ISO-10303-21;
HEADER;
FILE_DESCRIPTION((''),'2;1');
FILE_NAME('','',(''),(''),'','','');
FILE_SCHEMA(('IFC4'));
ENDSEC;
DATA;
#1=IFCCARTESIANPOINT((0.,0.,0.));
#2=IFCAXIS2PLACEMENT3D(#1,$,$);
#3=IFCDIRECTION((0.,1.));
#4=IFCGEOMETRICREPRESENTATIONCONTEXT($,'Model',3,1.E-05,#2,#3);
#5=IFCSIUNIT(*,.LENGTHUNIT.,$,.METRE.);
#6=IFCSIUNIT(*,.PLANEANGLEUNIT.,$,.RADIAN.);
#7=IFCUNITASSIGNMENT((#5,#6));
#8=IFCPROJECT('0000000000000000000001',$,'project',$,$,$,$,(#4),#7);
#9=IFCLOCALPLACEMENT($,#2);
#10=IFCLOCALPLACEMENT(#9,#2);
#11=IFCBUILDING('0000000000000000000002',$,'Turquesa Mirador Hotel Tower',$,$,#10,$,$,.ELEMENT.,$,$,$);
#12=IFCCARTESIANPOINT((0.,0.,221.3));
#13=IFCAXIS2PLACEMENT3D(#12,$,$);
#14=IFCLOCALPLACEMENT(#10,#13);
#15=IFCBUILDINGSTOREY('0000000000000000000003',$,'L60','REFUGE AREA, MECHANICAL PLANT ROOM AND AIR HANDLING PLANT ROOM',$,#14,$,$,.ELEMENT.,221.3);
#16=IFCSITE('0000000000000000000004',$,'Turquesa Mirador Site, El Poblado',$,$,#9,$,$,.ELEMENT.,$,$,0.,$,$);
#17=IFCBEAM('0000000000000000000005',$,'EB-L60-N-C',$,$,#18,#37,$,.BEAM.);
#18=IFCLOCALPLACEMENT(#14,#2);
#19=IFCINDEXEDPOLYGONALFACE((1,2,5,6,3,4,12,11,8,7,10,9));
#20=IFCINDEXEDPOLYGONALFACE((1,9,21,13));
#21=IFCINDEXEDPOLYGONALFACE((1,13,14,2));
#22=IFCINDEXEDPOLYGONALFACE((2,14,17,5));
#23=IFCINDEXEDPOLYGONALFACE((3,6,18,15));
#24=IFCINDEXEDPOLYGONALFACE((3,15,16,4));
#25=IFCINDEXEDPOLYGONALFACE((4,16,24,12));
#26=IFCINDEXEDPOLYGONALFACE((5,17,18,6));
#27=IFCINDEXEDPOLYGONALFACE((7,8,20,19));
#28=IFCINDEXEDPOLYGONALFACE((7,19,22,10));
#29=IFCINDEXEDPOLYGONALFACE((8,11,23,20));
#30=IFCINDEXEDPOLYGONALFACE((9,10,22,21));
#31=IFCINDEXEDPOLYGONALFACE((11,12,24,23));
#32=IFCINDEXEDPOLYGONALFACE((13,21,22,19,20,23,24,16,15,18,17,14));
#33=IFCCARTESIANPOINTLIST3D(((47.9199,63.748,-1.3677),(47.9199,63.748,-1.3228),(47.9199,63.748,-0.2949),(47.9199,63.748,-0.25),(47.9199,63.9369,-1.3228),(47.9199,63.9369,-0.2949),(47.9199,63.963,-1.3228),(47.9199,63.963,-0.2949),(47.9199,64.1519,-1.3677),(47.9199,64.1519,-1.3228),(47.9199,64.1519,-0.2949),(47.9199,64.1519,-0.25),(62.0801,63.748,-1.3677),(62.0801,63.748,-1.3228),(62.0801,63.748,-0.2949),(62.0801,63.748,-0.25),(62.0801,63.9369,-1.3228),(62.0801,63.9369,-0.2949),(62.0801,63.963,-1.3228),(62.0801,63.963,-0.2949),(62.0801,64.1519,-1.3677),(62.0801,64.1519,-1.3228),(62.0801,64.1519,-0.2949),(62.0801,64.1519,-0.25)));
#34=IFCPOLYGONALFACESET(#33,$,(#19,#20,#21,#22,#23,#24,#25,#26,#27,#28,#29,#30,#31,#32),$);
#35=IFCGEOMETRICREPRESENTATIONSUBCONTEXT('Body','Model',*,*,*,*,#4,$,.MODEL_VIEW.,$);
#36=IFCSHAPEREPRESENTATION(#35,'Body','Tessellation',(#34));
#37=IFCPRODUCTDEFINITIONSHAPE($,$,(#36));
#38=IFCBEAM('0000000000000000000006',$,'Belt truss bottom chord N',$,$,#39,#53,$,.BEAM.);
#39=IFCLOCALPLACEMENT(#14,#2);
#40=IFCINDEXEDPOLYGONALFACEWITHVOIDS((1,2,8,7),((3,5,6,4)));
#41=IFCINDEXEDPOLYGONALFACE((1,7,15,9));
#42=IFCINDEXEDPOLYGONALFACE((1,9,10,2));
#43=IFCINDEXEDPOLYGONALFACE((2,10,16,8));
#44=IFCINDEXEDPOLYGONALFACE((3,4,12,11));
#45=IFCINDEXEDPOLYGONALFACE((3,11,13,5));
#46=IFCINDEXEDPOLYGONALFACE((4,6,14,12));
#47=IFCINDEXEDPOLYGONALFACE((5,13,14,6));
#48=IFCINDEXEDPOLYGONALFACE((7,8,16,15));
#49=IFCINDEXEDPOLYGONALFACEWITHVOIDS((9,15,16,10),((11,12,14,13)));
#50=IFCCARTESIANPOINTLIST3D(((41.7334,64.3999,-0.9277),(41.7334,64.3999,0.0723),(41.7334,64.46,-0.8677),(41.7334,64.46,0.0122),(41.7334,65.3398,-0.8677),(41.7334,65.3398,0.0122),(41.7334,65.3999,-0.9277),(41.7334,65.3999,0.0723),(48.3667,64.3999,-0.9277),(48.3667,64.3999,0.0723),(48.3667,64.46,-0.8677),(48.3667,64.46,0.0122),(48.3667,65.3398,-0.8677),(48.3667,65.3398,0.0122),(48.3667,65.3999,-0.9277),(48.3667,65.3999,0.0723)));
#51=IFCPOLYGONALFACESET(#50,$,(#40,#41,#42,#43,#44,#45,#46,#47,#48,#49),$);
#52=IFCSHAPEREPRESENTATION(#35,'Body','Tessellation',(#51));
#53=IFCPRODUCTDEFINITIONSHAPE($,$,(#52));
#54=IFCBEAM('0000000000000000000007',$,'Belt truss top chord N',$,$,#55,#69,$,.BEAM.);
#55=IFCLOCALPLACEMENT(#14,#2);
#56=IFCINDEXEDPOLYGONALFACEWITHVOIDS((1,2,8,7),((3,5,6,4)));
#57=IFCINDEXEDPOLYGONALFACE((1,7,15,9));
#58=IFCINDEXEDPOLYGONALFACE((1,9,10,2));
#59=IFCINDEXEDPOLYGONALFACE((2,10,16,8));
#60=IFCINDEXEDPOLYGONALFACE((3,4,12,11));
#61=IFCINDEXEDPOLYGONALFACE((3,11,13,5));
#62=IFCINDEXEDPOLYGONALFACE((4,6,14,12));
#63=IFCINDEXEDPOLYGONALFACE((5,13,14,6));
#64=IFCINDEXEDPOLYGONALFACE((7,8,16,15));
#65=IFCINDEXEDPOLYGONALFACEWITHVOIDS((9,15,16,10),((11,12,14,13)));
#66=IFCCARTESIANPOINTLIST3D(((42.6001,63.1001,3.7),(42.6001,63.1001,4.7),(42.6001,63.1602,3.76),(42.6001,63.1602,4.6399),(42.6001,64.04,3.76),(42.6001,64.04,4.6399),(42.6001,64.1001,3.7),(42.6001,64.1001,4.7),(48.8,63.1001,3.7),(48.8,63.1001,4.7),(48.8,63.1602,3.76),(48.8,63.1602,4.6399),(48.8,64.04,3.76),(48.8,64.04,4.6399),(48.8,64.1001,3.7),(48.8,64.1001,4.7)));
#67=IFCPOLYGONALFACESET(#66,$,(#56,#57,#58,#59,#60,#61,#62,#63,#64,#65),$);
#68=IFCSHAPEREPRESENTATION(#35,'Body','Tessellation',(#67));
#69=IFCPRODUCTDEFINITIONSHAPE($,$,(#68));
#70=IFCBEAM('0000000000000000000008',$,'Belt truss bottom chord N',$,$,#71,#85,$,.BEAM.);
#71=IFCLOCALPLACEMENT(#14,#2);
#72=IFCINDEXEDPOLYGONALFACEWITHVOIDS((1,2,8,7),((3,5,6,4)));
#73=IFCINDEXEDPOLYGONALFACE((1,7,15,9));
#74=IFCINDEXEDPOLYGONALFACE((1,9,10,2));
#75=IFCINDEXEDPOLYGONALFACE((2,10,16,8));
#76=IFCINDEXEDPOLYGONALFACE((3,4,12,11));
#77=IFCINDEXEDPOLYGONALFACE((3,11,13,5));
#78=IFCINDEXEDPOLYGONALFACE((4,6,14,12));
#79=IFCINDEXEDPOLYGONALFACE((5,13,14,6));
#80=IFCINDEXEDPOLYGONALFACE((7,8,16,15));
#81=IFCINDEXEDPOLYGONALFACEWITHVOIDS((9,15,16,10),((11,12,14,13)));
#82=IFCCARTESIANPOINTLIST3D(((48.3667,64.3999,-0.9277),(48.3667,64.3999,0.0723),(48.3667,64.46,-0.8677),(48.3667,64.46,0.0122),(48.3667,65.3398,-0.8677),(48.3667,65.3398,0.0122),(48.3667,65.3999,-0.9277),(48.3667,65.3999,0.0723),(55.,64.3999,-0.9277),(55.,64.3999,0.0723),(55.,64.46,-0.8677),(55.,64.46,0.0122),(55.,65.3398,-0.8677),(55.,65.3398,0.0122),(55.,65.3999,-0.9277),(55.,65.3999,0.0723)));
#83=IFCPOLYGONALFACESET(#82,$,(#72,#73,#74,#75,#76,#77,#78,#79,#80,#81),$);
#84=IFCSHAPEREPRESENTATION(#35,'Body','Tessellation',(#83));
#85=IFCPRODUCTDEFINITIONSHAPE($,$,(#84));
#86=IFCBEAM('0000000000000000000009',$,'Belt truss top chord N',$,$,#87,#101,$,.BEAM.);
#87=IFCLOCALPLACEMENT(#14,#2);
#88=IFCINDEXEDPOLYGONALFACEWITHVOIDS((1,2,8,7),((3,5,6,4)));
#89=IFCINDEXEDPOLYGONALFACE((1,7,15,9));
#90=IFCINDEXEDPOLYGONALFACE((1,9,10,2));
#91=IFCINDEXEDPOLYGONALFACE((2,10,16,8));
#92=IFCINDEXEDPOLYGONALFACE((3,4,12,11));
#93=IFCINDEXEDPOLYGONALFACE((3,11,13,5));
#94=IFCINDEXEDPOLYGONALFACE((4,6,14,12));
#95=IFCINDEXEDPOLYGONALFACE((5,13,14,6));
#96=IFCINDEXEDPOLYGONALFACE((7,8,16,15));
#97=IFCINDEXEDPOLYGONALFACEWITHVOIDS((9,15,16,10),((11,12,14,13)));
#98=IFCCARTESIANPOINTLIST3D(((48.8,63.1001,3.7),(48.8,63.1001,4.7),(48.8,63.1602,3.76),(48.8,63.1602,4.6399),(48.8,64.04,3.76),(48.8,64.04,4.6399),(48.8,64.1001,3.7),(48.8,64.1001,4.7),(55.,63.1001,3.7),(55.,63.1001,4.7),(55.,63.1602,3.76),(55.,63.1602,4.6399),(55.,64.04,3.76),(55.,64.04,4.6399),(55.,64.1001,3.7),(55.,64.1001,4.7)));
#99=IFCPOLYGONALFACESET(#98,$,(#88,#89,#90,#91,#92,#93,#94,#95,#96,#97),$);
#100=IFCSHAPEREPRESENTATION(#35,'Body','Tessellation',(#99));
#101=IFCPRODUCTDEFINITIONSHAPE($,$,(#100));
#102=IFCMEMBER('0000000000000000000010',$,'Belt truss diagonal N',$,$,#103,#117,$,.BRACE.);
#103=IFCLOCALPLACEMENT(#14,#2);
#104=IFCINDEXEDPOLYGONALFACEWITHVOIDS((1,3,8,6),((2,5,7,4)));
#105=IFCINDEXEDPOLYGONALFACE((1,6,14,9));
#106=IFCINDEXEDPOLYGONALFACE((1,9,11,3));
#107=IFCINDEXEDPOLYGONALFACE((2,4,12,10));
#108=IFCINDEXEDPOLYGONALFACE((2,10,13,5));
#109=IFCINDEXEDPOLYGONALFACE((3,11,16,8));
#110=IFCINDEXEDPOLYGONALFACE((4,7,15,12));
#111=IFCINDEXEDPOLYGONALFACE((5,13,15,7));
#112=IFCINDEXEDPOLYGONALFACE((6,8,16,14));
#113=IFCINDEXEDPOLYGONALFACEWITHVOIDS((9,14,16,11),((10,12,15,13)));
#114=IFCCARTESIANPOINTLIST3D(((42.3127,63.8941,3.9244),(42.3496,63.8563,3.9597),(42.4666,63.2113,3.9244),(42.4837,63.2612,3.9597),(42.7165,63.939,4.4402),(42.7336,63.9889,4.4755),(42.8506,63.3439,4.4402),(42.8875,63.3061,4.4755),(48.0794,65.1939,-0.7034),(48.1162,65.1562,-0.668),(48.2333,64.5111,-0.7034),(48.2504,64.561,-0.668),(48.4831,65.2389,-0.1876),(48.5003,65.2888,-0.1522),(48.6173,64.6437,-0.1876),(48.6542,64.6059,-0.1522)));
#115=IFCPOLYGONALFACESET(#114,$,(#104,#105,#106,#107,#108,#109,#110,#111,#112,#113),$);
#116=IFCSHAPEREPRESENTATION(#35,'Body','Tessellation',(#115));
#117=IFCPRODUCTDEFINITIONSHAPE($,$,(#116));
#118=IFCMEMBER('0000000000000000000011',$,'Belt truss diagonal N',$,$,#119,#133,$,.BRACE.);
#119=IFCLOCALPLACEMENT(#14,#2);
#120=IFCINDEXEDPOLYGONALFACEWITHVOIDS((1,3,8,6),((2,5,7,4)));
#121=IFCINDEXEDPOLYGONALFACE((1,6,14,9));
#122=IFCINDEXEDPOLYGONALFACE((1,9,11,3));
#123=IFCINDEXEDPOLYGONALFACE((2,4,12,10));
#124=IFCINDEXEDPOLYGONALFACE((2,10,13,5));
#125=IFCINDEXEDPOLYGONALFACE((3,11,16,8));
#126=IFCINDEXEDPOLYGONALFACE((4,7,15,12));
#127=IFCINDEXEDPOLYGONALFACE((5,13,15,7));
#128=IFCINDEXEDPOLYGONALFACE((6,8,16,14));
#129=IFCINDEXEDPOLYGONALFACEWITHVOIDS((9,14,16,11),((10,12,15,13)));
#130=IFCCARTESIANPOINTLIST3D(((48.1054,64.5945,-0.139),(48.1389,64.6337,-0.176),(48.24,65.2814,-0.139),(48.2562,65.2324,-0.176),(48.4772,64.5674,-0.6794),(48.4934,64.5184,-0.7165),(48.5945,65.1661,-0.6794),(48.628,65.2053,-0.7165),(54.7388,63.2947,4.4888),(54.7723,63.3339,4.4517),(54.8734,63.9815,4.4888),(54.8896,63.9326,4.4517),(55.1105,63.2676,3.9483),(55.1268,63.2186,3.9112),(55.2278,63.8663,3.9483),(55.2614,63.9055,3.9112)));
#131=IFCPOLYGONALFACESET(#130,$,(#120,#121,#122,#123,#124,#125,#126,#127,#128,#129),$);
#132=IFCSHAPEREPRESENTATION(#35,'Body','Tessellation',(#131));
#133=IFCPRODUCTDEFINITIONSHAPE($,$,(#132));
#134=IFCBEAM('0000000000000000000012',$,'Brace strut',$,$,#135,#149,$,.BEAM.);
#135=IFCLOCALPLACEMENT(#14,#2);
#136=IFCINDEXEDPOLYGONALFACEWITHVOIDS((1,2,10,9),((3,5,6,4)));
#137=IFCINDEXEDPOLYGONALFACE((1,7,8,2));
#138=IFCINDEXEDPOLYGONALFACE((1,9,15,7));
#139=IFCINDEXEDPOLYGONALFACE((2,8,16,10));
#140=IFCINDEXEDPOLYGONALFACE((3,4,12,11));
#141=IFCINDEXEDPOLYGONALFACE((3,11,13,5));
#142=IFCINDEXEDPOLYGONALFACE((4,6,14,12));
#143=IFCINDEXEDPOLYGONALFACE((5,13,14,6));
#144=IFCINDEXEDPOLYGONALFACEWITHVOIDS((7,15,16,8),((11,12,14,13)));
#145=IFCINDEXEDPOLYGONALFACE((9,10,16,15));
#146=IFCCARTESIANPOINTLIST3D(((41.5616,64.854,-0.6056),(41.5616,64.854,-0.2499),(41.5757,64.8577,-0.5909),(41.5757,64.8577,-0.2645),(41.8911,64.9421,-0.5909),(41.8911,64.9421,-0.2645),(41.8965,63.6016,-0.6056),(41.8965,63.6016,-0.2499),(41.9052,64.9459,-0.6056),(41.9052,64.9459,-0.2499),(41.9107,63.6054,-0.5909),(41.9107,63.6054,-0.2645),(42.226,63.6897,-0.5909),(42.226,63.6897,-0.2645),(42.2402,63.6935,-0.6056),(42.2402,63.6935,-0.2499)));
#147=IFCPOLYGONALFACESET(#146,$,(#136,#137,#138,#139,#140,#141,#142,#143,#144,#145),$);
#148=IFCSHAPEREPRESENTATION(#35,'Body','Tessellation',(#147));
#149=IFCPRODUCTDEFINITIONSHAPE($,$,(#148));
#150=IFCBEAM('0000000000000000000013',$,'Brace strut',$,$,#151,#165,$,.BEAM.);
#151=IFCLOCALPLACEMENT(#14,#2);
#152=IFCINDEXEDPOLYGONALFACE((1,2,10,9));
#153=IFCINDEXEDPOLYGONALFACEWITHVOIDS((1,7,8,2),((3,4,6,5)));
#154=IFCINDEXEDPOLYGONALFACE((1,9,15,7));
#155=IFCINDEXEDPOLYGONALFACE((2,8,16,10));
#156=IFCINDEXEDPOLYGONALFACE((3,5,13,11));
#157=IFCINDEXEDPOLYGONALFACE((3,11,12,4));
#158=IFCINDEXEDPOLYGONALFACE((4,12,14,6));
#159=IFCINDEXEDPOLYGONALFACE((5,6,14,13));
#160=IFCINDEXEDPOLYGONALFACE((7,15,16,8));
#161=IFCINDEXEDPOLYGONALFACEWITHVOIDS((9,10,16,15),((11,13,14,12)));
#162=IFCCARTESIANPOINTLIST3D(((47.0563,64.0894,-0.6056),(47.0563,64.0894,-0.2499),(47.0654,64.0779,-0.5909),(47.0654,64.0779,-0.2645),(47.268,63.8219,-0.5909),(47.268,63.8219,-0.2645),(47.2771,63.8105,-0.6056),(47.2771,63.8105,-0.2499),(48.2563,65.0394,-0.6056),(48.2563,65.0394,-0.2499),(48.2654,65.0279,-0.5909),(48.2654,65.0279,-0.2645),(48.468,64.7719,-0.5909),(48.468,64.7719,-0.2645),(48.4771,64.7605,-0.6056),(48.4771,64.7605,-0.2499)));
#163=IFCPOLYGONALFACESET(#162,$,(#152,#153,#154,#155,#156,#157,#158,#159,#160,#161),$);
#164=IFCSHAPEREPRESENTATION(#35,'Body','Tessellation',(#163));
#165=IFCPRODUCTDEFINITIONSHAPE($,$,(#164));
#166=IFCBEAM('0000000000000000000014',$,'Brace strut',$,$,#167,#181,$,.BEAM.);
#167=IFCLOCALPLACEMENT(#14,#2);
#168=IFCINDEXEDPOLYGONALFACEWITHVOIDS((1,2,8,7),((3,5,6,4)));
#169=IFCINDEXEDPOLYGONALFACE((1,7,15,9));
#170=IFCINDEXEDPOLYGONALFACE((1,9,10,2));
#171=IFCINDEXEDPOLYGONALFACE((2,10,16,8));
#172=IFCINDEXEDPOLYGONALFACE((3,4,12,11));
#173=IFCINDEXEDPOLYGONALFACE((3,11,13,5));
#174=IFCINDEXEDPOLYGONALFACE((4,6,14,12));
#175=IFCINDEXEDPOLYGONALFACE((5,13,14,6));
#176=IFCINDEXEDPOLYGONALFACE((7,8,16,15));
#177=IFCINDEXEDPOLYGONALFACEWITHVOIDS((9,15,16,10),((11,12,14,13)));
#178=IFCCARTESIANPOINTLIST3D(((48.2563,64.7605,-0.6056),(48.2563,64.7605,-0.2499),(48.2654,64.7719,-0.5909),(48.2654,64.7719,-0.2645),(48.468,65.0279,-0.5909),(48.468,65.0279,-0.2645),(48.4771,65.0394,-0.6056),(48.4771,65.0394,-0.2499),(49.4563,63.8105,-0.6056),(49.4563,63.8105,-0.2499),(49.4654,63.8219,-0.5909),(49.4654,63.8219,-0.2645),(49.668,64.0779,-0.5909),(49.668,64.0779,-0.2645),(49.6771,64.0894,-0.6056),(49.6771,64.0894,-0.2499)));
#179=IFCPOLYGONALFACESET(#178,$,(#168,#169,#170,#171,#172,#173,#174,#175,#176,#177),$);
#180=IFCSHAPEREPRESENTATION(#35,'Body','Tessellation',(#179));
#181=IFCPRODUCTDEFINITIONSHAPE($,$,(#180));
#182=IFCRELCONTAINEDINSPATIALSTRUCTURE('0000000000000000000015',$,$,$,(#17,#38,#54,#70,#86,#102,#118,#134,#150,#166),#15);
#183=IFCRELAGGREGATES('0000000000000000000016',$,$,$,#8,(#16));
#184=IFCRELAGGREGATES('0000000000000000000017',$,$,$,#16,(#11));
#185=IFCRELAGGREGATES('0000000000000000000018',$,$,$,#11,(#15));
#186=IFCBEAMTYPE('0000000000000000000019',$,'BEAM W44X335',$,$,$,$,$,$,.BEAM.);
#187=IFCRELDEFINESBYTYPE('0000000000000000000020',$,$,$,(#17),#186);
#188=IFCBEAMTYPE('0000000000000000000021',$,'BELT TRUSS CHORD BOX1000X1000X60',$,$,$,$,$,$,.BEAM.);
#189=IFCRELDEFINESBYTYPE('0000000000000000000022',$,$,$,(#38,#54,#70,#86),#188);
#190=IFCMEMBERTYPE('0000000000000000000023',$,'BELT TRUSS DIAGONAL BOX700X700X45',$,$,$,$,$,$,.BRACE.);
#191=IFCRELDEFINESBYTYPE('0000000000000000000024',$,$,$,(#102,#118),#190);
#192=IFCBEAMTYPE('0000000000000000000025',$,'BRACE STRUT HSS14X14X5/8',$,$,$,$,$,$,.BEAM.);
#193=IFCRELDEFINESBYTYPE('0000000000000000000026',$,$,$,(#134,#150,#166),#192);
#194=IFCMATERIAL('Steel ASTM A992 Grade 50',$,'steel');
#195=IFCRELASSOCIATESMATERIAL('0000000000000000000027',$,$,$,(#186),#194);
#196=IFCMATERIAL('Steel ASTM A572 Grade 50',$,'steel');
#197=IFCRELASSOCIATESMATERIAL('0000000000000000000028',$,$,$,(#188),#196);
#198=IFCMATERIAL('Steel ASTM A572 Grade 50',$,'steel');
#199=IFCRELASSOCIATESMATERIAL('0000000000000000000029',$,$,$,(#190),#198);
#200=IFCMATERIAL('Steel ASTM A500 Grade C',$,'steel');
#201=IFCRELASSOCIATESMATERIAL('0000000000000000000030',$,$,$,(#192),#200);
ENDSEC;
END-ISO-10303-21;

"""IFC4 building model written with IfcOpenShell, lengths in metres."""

from ifc_helpers import new_model, si_unit, direction, frame, origin, origin_2d, place, context, subcontext, project, spatial, hollow_rectangle, i_section, extrude, material, material_profile, profile_set, type_object, element, save


model = new_model("IFC4")

# Units and contexts
model_context = context("Model", 3, precision=1e-05, world=origin(), true_north=direction((0.0, 1.0)))
body_context = subcontext(model_context, "Body", "Model", "MODEL_VIEW")
ifc_project = project(units=[si_unit("LENGTHUNIT", "METRE"), si_unit("PLANEANGLEUNIT", "RADIAN")], contexts=[model_context])

# Site, building, storey
site_placement = place(None, origin())
site = spatial("IfcSite", under=ifc_project, at=site_placement, Name="Turquesa Mirador Site, El Poblado", CompositionType="ELEMENT", RefElevation=0.0)
building_placement = place(site_placement, origin())
building = spatial("IfcBuilding", under=site, at=building_placement, Name="Turquesa Mirador Hotel Tower", CompositionType="ELEMENT")
storey_placement = place(building_placement, frame((0.0, 0.0, 221.3)))
storey = spatial("IfcBuildingStorey", under=building, at=storey_placement, Name="L60", Description="REFUGE AREA, MECHANICAL PLANT ROOM AND AIR HANDLING PLANT ROOM", CompositionType="ELEMENT", Elevation=221.3)

# Beams
ifc_material_1 = material(Name="Steel ASTM A992 Grade 50", Category="steel")
ifc_material_profile_1 = material_profile(ifc_material_1, i_section(OverallWidth=0.4038, OverallDepth=1.1177, WebThickness=0.0261, FlangeThickness=0.0449, at=origin_2d()), Name="W44X335")
ifc_profile_set_1 = profile_set([ifc_material_profile_1], Name="Steel ASTM A992 Grade 50")
beam_type_1 = type_object("IfcBeamType", Name="BEAM W44X335", PredefinedType="BEAM", material=ifc_profile_set_1)
beam_1_placement = place(storey_placement, frame((47.9199, 63.95, -0.8088), z_axis=(1.0, 0.0, 0.0), x_axis=(0.0, 1.0, 0.0)))
element("IfcBeam", 1, at=beam_1_placement, inside=storey, type_object=beam_type_1, Name="EB-L60-N-C", PredefinedType="BEAM", context=body_context, shape_type="SweptSolid", body=[
    extrude(i_section(OverallWidth=0.4038, OverallDepth=1.1177, WebThickness=0.0261, FlangeThickness=0.0449, at=origin_2d()), origin(), (0.0, 0.0, 1.0), 14.1602),
])
ifc_material_2 = material(Name="Steel ASTM A572 Grade 50", Category="steel")
ifc_material_profile_2 = material_profile(ifc_material_2, hollow_rectangle(XDim=1.0, YDim=1.0, WallThickness=0.0601, at=origin_2d()), Name="BOX1000X1000X60")
ifc_profile_set_2 = profile_set([ifc_material_profile_2], Name="Steel ASTM A572 Grade 50")
beam_type_2 = type_object("IfcBeamType", Name="BELT TRUSS CHORD BOX1000X1000X60", PredefinedType="BEAM", material=ifc_profile_set_2)
beam_2_placement = place(storey_placement, frame((41.7334, 64.8999, -0.4277), z_axis=(1.0, 0.0, 0.0), x_axis=(0.0, 1.0, 0.0)))
element("IfcBeam", 2, at=beam_2_placement, inside=storey, type_object=beam_type_2, Name="Belt truss bottom chord N", PredefinedType="BEAM", context=body_context, shape_type="SweptSolid", body=[
    extrude(hollow_rectangle(XDim=1.0, YDim=1.0, WallThickness=0.0601, at=origin_2d()), origin(), (0.0, 0.0, 1.0), 6.6333),
])
beam_3_placement = place(storey_placement, frame((42.6001, 63.6001, 4.2), z_axis=(1.0, 0.0, 0.0), x_axis=(0.0, 1.0, 0.0)))
element("IfcBeam", 3, at=beam_3_placement, inside=storey, type_object=beam_type_2, Name="Belt truss top chord N", PredefinedType="BEAM", context=body_context, shape_type="SweptSolid", body=[
    extrude(hollow_rectangle(XDim=1.0, YDim=1.0, WallThickness=0.0601, at=origin_2d()), origin(), (0.0, 0.0, 1.0), 6.2),
])
beam_4_placement = place(storey_placement, frame((48.3667, 64.8999, -0.4277), z_axis=(1.0, 0.0, 0.0), x_axis=(0.0, 1.0, 0.0)))
element("IfcBeam", 4, at=beam_4_placement, inside=storey, type_object=beam_type_2, Name="Belt truss bottom chord N", PredefinedType="BEAM", context=body_context, shape_type="SweptSolid", body=[
    extrude(hollow_rectangle(XDim=1.0, YDim=1.0, WallThickness=0.0601, at=origin_2d()), origin(), (0.0, 0.0, 1.0), 6.6333),
])
beam_5_placement = place(storey_placement, frame((48.8, 63.6001, 4.2), z_axis=(1.0, 0.0, 0.0), x_axis=(0.0, 1.0, 0.0)))
element("IfcBeam", 5, at=beam_5_placement, inside=storey, type_object=beam_type_2, Name="Belt truss top chord N", PredefinedType="BEAM", context=body_context, shape_type="SweptSolid", body=[
    extrude(hollow_rectangle(XDim=1.0, YDim=1.0, WallThickness=0.0601, at=origin_2d()), origin(), (0.0, 0.0, 1.0), 6.2),
])

# Members
ifc_material_3 = material(Name="Steel ASTM A572 Grade 50", Category="steel")
ifc_material_profile_3 = material_profile(ifc_material_3, hollow_rectangle(XDim=0.7, YDim=0.7, WallThickness=0.0449, at=origin_2d()), Name="BOX700X700X45")
ifc_profile_set_3 = profile_set([ifc_material_profile_3], Name="Steel ASTM A572 Grade 50")
member_type = type_object("IfcMemberType", Name="BELT TRUSS DIAGONAL BOX700X700X45", PredefinedType="BRACE", material=ifc_profile_set_3)
member_1_placement = place(storey_placement, frame((42.6001, 63.6001, 4.2), z_axis=(0.768139, 0.17314, -0.61643), x_axis=(-0.219886, 0.975526, 0.0)))
element("IfcMember", 6, at=member_1_placement, inside=storey, type_object=member_type, Name="Belt truss diagonal N", PredefinedType="BRACE", context=body_context, shape_type="SweptSolid", body=[
    extrude(hollow_rectangle(XDim=0.7, YDim=0.7, WallThickness=0.0449, at=origin_2d()), origin(), (0.0, 0.0, 1.0), 7.5073),
])
member_2_placement = place(storey_placement, frame((48.3667, 64.8999, -0.4277), z_axis=(0.809749, -0.158671, 0.564917), x_axis=(0.192294, 0.981337, 0.0)))
element("IfcMember", 7, at=member_2_placement, inside=storey, type_object=member_type, Name="Belt truss diagonal N", PredefinedType="BRACE", context=body_context, shape_type="SweptSolid", body=[
    extrude(hollow_rectangle(XDim=0.7, YDim=0.7, WallThickness=0.0449, at=origin_2d()), origin(), (0.0, 0.0, 1.0), 8.1919),
])

# Beams
ifc_material_4 = material(Name="Steel ASTM A500 Grade C", Category="steel")
ifc_material_profile_4 = material_profile(ifc_material_4, hollow_rectangle(XDim=0.3557, YDim=0.3557, WallThickness=0.0146, at=origin_2d()), Name="HSS14X14X5/8")
ifc_profile_set_4 = profile_set([ifc_material_profile_4], Name="Steel ASTM A500 Grade C")
beam_type_3 = type_object("IfcBeamType", Name="BRACE STRUT HSS14X14X5/8", PredefinedType="BEAM", material=ifc_profile_set_4)
beam_6_placement = place(storey_placement, frame((41.7334, 64.8999, -0.4277), z_axis=(0.258366, -0.966047, 0.0), x_axis=(0.966047, 0.258366, 0.0)))
element("IfcBeam", 8, at=beam_6_placement, inside=storey, type_object=beam_type_3, Name="Brace strut", PredefinedType="BEAM", context=body_context, shape_type="SweptSolid", body=[
    extrude(hollow_rectangle(XDim=0.3557, YDim=0.3557, WallThickness=0.0146, at=origin_2d()), origin(), (0.0, 0.0, 1.0), 1.2964),
])
for number, where, z_axis, x_axis, name in (
    (9, (48.3667, 64.8999, -0.4277), (-0.784049, -0.620699, 0.0), (0.620699, -0.784049, 0.0), "Brace strut"),
    (10, (48.3667, 64.8999, -0.4277), (0.784049, -0.620699, 0.0), (0.620699, 0.784049, 0.0), "Brace strut"),
):
    element("IfcBeam", number, at=place(storey_placement, frame(where, z_axis=z_axis, x_axis=x_axis)), inside=storey, type_object=beam_type_3, Name=name, PredefinedType="BEAM", context=body_context, shape_type="SweptSolid", body=[
        extrude(hollow_rectangle(XDim=0.3557, YDim=0.3557, WallThickness=0.0146, at=origin_2d()), origin(), (0.0, 0.0, 1.0), 1.5305),
    ])

save(model, "model.ifc")
